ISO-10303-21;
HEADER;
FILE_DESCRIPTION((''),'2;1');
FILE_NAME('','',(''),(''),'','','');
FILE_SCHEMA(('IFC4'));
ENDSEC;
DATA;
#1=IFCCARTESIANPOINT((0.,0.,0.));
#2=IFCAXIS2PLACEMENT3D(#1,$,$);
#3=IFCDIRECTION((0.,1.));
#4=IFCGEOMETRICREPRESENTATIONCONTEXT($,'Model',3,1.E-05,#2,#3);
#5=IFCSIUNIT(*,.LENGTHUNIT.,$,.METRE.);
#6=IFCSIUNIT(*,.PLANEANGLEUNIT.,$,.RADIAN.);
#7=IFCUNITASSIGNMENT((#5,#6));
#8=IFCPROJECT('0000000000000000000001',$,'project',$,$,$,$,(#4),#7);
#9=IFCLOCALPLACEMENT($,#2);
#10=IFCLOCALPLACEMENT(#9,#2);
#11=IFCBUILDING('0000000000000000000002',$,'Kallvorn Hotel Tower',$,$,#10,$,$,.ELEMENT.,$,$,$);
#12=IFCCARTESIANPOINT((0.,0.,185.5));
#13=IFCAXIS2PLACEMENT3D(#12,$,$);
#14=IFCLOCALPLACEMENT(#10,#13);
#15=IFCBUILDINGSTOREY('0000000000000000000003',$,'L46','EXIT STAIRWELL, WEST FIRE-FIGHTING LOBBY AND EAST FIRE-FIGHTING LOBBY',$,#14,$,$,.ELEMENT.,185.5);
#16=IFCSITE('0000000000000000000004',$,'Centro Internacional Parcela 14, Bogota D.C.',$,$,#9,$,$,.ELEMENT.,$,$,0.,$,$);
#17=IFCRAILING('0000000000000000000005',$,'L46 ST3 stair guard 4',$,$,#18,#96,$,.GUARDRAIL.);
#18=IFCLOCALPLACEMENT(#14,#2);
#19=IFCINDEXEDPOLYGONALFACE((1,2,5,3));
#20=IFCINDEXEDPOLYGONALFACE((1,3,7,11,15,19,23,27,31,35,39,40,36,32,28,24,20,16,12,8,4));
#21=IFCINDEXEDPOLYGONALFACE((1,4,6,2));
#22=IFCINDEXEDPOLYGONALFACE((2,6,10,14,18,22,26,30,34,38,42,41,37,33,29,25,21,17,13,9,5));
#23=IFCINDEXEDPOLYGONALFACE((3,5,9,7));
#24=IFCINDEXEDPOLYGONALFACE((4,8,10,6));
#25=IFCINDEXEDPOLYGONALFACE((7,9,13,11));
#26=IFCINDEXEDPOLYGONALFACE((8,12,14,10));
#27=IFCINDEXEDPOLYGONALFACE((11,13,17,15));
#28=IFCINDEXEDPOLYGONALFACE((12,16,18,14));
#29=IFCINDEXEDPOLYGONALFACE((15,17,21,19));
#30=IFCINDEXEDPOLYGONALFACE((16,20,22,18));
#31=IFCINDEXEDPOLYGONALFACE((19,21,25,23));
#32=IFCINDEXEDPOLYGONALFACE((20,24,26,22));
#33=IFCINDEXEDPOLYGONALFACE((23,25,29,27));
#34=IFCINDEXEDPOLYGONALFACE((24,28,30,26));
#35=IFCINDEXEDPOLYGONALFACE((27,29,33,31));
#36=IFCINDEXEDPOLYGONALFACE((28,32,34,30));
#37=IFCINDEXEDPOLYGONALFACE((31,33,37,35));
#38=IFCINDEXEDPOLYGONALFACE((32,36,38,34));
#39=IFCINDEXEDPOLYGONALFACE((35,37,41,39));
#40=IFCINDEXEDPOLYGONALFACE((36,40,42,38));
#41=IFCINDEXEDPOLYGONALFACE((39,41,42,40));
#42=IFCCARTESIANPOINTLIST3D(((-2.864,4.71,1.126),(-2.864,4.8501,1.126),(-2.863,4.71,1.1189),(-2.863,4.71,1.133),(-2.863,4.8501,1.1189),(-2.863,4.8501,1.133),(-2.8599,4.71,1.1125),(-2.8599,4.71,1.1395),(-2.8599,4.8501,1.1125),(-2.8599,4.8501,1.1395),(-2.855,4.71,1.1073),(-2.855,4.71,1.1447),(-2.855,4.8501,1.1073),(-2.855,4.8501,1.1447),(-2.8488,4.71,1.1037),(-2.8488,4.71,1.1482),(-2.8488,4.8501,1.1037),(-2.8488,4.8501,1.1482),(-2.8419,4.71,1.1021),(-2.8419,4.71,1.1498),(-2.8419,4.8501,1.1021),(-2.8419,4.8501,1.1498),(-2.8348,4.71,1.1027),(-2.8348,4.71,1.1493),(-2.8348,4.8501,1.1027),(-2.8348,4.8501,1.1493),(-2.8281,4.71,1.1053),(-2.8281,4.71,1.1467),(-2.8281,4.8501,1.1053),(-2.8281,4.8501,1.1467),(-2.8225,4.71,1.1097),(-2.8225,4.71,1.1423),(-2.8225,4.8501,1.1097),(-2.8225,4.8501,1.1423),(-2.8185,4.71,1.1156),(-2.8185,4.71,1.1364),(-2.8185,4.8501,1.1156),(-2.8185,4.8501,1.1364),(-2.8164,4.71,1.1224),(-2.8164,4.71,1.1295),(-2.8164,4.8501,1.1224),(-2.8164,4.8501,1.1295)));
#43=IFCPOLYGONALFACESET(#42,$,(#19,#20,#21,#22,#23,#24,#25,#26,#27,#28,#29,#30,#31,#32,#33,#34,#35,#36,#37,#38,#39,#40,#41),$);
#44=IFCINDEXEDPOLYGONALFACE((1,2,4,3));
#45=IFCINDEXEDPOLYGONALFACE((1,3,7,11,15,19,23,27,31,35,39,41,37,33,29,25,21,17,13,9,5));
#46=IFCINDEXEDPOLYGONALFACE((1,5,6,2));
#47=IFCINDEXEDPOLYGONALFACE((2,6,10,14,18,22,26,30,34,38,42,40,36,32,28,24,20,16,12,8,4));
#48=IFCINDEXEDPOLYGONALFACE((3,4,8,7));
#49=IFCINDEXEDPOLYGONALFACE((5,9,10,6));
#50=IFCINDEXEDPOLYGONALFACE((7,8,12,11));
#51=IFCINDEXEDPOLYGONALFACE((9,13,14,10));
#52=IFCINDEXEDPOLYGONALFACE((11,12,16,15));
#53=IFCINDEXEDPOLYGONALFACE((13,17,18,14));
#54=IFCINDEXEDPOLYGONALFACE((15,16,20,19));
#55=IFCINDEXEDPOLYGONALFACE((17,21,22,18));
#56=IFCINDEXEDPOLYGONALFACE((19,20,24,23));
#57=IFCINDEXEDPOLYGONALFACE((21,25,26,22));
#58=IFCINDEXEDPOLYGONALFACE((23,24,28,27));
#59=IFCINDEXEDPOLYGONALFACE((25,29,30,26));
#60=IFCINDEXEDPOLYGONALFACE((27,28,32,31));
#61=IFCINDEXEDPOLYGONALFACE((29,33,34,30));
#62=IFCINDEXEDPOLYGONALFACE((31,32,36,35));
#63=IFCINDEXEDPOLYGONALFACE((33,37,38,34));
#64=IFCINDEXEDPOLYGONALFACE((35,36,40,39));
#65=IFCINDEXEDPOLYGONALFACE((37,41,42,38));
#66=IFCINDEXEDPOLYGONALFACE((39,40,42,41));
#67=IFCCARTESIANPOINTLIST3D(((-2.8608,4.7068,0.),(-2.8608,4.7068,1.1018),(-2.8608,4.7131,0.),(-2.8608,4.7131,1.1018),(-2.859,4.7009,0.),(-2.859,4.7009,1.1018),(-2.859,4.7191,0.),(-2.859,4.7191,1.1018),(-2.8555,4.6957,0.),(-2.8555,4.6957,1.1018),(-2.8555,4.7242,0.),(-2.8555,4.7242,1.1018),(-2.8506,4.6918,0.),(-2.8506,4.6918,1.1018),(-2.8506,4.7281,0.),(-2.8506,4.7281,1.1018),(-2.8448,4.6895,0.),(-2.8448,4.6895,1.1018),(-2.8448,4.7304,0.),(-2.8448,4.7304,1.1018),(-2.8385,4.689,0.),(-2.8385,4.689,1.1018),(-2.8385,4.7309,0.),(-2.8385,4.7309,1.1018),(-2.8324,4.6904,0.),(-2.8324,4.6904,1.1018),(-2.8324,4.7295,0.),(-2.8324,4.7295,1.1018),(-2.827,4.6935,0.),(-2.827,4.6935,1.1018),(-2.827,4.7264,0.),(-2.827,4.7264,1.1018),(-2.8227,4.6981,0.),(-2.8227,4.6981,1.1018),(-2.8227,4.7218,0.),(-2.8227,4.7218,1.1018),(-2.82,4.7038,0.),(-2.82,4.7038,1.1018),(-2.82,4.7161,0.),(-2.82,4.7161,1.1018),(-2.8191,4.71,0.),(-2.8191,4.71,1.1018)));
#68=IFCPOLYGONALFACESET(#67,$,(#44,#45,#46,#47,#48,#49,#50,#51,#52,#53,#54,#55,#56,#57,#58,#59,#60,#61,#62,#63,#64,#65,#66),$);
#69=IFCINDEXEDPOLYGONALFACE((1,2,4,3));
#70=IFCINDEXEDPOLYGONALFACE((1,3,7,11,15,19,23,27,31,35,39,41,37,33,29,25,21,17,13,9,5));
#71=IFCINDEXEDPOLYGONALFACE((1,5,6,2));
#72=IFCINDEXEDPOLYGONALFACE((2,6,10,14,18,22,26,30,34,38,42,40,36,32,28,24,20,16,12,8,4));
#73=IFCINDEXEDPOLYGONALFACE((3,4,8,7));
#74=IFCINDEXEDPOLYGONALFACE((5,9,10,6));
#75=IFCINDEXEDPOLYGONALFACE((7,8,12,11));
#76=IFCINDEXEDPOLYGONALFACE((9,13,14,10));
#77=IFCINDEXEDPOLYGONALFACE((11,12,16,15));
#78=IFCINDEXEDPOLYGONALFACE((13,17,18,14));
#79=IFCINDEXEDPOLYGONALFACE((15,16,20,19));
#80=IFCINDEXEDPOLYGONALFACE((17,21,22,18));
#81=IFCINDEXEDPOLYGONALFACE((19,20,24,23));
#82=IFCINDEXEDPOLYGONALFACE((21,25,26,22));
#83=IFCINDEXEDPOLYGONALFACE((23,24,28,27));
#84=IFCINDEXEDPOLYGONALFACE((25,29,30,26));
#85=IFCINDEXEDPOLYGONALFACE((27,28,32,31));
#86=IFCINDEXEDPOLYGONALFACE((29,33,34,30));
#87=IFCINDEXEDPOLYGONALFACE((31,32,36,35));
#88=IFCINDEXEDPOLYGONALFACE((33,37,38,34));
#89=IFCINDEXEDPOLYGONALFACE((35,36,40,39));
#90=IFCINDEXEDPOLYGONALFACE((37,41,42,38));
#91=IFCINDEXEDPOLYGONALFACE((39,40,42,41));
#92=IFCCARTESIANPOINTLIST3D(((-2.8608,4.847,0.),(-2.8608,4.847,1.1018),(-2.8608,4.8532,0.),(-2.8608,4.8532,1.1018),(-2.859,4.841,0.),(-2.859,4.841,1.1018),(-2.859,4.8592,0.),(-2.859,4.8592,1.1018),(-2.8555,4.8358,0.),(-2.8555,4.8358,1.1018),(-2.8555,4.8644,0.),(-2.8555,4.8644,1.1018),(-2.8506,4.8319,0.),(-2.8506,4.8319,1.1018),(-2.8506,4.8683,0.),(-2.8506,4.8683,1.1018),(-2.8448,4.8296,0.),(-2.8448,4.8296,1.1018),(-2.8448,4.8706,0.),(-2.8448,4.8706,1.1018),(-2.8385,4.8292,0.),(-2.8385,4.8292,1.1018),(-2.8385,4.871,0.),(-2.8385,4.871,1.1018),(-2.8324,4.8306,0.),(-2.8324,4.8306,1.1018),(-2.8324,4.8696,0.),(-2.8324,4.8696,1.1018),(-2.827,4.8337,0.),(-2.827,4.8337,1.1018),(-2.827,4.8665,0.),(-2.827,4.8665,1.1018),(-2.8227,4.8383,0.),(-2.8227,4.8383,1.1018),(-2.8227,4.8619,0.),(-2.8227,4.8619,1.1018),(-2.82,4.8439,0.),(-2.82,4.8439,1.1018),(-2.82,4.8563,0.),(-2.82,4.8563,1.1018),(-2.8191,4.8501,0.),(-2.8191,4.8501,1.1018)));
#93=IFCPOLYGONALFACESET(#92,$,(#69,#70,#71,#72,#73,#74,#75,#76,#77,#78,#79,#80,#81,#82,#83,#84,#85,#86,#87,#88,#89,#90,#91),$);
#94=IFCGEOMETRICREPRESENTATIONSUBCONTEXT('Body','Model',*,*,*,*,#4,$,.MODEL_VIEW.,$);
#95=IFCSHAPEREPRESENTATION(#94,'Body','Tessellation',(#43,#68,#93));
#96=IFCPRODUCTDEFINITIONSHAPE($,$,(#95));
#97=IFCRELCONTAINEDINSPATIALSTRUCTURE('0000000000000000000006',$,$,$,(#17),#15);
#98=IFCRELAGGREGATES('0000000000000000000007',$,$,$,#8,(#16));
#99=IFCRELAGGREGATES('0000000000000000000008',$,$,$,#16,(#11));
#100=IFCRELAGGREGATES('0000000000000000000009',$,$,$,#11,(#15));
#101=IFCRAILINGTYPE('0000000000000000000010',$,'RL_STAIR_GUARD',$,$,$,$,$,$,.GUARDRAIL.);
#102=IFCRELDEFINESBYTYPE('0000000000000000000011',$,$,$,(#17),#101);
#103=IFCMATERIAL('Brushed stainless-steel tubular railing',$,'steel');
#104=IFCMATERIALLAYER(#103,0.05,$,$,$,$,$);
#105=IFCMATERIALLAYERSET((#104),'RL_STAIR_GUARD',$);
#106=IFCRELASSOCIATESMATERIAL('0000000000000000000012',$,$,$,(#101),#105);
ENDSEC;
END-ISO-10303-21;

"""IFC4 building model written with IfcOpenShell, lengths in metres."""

from ifc_helpers import new_model, si_unit, direction, frame, origin, origin_2d, place, context, subcontext, project, spatial, circle, extrude, material, layer, layer_set, type_object, element, save


model = new_model("IFC4")

# Units and contexts
model_context = context("Model", 3, precision=1e-05, world=origin(), true_north=direction((0.0, 1.0)))
body_context = subcontext(model_context, "Body", "Model", "MODEL_VIEW")
ifc_project = project(units=[si_unit("LENGTHUNIT", "METRE"), si_unit("PLANEANGLEUNIT", "RADIAN")], contexts=[model_context])

# Site, building, storey
site_placement = place(None, origin())
site = spatial("IfcSite", under=ifc_project, at=site_placement, Name="Centro Internacional Parcela 14, Bogota D.C.", CompositionType="ELEMENT", RefElevation=0.0)
building_placement = place(site_placement, origin())
building = spatial("IfcBuilding", under=site, at=building_placement, Name="Kallvorn Hotel Tower", CompositionType="ELEMENT")
storey_placement = place(building_placement, frame((0.0, 0.0, 185.5)))
storey = spatial("IfcBuildingStorey", under=building, at=storey_placement, Name="L46", Description="EXIT STAIRWELL, WEST FIRE-FIGHTING LOBBY AND EAST FIRE-FIGHTING LOBBY", CompositionType="ELEMENT", Elevation=185.5)

# Railing
ifc_material_1 = material(Name="Brushed stainless-steel tubular railing", Category="steel")
ifc_layer_1 = layer(ifc_material_1, 0.05)
ifc_layer_set_1 = layer_set([ifc_layer_1], Name="RL_STAIR_GUARD")
railing_type_1 = type_object("IfcRailingType", Name="RL_STAIR_GUARD", PredefinedType="GUARDRAIL", material=ifc_layer_set_1)
railing_1_placement = place(storey_placement, frame((-2.8401, 4.71, 0.0)))
element("IfcRailing", 1, at=railing_1_placement, inside=storey, type_object=railing_type_1, Name="L46 ST3 stair guard 4", PredefinedType="GUARDRAIL", context=body_context, shape_type="SweptSolid", body=[
    extrude(circle(Radius=0.0239, at=origin_2d()), frame((0.0, 0.0, 1.126), z_axis=(0.0, 1.0, 0.0), x_axis=(-1.0, 0.0, 0.0)), (0.0, 0.0, 1.0), 0.1401),
    extrude(circle(Radius=0.021, at=origin_2d()), origin(), (0.0, 0.0, 1.0), 1.1018),
    extrude(circle(Radius=0.021, at=origin_2d()), frame((0.0, 0.1401, 0.0)), (0.0, 0.0, 1.0), 1.1018),
])

save(model, "model.ifc")
